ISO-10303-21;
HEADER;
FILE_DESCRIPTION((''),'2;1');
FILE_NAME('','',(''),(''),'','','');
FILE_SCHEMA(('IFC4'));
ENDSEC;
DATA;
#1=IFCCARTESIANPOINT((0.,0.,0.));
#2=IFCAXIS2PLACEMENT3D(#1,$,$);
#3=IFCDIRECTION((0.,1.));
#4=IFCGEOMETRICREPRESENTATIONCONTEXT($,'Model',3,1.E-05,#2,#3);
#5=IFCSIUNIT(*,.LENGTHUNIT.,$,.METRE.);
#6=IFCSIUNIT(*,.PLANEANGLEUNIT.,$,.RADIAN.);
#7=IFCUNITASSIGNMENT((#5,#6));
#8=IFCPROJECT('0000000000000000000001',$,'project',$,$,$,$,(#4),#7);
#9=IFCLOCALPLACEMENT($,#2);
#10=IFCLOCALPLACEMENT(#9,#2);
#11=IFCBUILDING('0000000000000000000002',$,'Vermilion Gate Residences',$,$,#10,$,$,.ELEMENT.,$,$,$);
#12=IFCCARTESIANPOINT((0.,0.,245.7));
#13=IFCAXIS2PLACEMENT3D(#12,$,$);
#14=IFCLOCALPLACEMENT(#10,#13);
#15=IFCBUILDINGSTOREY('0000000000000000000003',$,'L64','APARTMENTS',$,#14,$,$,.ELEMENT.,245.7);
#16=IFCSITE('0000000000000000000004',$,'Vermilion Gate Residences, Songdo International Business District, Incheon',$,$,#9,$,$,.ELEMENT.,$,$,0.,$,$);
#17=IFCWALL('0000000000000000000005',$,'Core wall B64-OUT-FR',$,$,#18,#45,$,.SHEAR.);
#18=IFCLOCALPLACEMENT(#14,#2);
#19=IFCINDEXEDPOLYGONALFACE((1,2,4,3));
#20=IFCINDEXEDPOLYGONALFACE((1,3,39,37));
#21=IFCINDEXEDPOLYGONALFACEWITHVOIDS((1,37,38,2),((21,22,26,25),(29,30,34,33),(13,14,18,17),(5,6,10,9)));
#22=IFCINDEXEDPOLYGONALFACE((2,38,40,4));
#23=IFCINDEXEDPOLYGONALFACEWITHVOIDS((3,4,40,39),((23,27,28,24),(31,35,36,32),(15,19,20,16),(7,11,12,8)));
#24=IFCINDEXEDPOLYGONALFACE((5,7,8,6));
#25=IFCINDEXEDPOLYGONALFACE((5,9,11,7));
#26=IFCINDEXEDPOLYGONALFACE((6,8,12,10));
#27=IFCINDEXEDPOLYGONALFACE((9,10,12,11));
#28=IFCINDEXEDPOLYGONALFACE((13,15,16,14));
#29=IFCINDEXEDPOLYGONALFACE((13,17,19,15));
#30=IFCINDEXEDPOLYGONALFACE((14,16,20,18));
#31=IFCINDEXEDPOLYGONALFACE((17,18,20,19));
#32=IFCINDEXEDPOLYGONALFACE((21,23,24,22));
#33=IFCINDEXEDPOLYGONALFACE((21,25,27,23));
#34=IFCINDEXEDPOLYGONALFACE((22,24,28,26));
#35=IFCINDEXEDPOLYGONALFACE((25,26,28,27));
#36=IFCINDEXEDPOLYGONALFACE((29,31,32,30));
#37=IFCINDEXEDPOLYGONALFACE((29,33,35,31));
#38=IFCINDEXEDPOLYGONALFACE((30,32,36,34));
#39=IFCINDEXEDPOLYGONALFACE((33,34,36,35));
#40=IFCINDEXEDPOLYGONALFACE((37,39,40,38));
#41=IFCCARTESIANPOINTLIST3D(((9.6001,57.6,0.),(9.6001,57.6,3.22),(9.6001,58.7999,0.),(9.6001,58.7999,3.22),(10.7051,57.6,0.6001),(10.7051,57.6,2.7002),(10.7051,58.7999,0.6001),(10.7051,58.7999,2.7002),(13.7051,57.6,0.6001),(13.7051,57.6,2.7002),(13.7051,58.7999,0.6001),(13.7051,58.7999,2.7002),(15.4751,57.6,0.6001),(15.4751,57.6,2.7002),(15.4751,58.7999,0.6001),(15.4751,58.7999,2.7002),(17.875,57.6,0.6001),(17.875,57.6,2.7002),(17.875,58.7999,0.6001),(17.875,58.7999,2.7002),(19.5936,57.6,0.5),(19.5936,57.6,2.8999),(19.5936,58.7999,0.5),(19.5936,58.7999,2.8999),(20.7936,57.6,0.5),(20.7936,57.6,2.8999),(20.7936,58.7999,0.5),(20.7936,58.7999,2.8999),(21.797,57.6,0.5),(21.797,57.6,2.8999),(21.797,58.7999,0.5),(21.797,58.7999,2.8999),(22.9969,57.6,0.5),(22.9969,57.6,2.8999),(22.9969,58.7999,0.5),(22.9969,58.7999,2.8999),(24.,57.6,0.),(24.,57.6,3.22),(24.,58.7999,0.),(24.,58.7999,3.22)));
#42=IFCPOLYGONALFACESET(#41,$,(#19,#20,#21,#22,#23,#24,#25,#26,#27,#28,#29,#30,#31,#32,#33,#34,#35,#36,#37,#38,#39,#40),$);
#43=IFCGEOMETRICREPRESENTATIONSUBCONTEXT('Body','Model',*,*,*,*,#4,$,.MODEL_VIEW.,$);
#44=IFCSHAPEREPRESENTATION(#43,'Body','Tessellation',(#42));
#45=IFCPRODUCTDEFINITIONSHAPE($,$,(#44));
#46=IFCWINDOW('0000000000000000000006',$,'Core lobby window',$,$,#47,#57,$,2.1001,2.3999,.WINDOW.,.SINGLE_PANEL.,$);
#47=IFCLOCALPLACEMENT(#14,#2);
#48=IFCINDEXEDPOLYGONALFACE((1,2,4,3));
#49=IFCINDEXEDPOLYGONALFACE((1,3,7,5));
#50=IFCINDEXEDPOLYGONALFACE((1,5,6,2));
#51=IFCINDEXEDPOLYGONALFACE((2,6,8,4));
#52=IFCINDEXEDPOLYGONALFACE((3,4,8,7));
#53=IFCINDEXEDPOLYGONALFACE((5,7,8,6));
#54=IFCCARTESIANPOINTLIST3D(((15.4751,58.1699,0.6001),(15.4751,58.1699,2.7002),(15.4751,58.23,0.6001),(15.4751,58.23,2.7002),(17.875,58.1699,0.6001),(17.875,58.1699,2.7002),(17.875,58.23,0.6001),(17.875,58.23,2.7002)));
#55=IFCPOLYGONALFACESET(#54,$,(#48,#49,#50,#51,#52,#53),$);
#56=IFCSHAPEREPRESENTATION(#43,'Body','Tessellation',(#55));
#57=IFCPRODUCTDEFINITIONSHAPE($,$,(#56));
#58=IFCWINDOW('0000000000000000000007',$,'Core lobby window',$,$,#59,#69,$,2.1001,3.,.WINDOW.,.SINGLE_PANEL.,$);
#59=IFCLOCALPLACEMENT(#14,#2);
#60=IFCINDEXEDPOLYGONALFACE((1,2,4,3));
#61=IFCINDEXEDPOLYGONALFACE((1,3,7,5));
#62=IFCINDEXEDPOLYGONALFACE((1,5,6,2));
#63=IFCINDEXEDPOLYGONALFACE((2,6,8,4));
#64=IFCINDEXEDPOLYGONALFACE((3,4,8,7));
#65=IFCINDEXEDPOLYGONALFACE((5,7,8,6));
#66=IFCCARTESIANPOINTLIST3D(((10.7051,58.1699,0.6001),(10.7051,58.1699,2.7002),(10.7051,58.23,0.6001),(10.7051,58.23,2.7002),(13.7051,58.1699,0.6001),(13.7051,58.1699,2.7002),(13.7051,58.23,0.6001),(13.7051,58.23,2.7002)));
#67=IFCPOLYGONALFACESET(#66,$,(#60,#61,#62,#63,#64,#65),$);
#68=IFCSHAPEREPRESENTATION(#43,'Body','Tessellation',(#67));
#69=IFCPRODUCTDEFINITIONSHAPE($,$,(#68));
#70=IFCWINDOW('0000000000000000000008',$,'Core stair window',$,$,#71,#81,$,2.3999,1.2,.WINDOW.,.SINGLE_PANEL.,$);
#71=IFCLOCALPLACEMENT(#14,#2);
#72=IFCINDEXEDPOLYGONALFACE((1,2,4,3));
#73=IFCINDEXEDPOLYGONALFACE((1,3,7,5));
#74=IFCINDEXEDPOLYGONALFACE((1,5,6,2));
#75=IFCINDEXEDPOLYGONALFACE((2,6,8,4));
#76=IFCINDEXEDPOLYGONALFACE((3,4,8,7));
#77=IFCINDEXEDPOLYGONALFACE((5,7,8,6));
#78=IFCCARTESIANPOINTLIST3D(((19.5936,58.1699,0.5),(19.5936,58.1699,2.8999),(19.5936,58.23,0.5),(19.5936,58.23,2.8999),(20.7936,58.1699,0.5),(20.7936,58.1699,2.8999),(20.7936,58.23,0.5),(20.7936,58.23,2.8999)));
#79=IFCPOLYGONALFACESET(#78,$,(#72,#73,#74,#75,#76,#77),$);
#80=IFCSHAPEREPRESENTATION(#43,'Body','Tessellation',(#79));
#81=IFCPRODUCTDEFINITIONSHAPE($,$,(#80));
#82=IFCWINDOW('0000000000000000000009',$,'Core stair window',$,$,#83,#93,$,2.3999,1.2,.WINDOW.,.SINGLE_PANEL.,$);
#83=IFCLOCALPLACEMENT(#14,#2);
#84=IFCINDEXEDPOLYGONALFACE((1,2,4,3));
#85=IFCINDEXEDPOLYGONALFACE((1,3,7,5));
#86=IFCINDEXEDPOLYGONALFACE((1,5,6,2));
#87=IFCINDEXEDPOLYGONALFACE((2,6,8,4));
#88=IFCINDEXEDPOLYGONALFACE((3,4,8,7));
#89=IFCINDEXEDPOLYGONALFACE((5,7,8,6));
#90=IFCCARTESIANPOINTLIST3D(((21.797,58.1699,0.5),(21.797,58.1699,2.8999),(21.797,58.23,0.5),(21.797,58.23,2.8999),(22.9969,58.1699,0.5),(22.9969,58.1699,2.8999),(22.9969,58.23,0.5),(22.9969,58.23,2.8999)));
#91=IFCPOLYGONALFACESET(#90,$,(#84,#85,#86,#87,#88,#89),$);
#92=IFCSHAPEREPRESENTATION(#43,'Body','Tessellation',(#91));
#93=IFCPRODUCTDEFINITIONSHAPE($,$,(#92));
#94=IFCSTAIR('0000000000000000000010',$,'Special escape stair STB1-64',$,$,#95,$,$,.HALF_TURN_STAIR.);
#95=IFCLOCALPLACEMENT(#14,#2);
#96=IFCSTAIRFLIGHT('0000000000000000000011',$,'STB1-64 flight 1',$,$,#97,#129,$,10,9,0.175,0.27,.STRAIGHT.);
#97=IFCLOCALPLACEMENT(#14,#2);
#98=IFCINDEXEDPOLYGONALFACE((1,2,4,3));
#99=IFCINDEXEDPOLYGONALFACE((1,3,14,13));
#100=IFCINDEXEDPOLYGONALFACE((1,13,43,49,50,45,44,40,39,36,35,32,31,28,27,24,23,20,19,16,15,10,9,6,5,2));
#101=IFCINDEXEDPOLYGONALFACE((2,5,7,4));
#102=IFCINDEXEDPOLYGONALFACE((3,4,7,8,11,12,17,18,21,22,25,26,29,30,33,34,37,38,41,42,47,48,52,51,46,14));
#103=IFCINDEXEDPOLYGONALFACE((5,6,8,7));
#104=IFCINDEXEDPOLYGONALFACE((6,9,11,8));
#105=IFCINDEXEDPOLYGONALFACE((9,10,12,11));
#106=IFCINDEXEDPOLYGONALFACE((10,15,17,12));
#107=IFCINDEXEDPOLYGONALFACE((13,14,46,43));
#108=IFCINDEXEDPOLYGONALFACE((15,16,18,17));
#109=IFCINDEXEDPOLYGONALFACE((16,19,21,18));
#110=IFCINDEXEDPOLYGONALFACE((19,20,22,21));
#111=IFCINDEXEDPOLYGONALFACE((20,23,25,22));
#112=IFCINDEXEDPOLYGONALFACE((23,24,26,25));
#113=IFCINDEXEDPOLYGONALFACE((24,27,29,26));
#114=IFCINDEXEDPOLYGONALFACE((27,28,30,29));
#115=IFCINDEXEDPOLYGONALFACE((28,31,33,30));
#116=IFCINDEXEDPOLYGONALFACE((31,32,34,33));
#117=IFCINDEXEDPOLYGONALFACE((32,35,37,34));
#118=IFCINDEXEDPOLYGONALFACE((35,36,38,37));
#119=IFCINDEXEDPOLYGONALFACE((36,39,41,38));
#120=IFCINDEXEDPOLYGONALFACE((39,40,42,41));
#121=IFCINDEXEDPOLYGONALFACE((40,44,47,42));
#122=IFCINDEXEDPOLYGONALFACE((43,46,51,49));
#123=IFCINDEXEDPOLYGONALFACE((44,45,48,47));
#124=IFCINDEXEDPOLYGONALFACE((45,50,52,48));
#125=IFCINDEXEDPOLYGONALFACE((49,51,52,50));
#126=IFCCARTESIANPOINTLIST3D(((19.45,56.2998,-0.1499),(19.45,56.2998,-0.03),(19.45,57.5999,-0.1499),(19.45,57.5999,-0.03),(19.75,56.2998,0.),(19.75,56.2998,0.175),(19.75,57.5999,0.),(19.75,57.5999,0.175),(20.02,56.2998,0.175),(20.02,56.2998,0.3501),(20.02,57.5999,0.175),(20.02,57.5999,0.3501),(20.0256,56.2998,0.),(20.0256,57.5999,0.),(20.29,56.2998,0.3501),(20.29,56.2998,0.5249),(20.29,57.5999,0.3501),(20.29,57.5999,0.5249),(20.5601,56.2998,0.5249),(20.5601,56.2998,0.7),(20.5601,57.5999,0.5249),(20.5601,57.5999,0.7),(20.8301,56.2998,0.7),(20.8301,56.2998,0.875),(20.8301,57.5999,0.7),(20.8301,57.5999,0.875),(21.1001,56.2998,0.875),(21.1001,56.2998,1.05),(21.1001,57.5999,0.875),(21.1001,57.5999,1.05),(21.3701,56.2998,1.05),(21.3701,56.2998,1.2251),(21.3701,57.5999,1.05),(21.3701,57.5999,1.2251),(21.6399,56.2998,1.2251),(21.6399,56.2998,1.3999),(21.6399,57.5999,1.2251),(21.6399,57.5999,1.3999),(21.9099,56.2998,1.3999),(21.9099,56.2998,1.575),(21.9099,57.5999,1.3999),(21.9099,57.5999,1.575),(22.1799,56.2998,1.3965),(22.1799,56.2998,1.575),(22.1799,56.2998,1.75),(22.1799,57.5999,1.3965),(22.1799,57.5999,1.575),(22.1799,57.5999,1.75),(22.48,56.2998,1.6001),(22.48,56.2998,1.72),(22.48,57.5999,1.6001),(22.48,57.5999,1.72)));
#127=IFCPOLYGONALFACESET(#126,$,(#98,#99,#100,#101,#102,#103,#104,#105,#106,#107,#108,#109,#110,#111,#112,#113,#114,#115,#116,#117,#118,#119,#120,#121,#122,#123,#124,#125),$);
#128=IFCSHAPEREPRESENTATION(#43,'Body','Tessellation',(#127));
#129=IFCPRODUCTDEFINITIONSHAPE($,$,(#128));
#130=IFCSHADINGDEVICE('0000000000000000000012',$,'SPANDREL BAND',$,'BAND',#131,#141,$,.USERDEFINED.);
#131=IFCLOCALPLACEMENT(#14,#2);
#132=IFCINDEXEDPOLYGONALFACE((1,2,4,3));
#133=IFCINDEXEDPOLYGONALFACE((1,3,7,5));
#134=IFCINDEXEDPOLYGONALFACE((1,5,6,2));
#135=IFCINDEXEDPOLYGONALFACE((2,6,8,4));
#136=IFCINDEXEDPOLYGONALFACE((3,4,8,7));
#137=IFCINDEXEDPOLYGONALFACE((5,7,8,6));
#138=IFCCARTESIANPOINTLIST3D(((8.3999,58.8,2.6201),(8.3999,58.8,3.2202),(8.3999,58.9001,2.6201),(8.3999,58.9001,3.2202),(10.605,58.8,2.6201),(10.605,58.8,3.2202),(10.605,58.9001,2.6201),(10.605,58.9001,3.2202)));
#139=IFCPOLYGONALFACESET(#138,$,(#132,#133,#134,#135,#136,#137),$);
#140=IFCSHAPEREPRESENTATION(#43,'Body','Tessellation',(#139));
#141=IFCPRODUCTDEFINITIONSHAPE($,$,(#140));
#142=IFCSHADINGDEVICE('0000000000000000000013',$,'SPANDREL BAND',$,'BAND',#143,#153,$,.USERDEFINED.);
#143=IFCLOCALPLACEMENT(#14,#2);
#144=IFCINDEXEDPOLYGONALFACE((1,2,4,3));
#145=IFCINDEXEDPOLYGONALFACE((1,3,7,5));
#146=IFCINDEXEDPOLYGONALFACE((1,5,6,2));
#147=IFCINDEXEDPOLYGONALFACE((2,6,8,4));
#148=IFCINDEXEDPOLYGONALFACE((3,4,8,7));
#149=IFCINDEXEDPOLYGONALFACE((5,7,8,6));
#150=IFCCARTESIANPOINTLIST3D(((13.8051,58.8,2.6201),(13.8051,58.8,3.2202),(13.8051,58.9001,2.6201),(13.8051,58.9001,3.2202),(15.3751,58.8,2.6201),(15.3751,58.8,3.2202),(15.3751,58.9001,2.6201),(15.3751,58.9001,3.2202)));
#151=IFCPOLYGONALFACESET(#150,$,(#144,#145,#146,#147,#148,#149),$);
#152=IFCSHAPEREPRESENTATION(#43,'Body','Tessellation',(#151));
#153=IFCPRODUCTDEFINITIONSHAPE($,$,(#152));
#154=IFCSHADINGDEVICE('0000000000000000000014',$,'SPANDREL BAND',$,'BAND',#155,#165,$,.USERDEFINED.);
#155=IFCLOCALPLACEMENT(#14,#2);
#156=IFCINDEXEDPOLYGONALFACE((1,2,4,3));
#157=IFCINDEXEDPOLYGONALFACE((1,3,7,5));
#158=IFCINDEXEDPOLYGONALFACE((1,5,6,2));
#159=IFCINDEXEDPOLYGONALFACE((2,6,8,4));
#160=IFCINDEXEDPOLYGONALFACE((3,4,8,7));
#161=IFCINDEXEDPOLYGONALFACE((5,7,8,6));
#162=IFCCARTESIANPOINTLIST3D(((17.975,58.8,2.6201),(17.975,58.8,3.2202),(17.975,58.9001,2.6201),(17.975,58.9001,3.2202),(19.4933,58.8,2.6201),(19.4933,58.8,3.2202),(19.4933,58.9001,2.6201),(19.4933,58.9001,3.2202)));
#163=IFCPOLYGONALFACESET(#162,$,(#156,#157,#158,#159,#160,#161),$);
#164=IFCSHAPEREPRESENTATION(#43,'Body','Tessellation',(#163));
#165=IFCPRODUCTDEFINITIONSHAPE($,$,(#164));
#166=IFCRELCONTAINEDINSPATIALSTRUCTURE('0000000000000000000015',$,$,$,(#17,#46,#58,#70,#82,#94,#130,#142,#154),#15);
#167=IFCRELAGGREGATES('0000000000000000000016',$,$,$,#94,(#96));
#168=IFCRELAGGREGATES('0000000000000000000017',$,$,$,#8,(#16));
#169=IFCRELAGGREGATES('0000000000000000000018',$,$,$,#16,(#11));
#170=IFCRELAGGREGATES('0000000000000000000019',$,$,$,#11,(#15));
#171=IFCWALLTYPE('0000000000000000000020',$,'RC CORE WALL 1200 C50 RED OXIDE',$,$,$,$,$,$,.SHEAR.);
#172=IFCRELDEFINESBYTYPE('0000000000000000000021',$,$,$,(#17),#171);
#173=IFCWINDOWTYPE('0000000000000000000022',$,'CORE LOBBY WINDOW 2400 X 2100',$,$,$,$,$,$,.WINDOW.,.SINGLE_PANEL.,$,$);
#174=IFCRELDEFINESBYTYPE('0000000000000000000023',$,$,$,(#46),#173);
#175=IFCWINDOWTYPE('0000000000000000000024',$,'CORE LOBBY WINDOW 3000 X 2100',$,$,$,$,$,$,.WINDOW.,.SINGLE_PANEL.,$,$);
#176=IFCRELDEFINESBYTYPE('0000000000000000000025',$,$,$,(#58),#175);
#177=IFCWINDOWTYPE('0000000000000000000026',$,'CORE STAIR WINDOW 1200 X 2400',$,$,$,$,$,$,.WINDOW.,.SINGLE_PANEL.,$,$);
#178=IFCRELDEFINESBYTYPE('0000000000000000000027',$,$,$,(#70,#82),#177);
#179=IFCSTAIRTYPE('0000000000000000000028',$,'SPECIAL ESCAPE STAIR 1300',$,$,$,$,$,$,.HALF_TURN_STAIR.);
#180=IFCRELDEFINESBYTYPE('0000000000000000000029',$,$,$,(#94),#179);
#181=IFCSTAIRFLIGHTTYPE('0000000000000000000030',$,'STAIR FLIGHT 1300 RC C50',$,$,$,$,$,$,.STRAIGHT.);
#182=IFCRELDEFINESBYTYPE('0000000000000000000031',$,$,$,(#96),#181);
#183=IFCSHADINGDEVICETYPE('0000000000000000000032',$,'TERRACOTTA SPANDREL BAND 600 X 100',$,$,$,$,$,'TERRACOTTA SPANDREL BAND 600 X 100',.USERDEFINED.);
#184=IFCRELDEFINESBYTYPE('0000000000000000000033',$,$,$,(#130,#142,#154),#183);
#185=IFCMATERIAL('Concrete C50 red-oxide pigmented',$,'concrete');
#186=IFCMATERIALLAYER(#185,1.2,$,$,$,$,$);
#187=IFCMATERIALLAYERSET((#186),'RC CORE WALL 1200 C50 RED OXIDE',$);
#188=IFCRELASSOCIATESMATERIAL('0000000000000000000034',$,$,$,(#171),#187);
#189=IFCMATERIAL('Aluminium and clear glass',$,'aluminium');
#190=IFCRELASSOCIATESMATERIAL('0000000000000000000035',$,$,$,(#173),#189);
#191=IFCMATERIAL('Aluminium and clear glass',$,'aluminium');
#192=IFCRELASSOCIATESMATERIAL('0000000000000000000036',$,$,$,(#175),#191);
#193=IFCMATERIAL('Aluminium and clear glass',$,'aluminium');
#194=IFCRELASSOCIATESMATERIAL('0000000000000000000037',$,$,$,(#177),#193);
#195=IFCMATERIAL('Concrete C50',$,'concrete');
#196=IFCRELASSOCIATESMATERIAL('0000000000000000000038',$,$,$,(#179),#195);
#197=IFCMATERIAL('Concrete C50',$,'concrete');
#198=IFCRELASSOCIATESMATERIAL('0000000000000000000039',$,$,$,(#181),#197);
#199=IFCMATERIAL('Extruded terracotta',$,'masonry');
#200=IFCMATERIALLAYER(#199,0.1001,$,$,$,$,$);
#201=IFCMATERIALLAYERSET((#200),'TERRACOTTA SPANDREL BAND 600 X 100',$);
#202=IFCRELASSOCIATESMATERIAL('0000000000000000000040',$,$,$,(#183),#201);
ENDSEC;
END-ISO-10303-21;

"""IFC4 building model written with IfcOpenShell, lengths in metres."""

from ifc_helpers import new_model, si_unit, direction, frame, frame_2d, origin, origin_2d, place, context, subcontext, project, spatial, polyline, rectangle, outline, extrude, material, layer, layer_set, type_object, element, fill, aggregate, save


model = new_model("IFC4")

# Units and contexts
model_context = context("Model", 3, precision=1e-05, world=origin(), true_north=direction((0.0, 1.0)))
body_context = subcontext(model_context, "Body", "Model", "MODEL_VIEW")
ifc_project = project(units=[si_unit("LENGTHUNIT", "METRE"), si_unit("PLANEANGLEUNIT", "RADIAN")], contexts=[model_context])

# Site, building, storey
site_placement = place(None, origin())
site = spatial("IfcSite", under=ifc_project, at=site_placement, Name="Vermilion Gate Residences, Songdo International Business District, Incheon", CompositionType="ELEMENT", RefElevation=0.0)
building_placement = place(site_placement, origin())
building = spatial("IfcBuilding", under=site, at=building_placement, Name="Vermilion Gate Residences", CompositionType="ELEMENT")
storey_placement = place(building_placement, frame((0.0, 0.0, 245.7)))
storey = spatial("IfcBuildingStorey", under=building, at=storey_placement, Name="L64", Description="APARTMENTS", CompositionType="ELEMENT", Elevation=245.7)

# Wall, openings, windows
ifc_material_1 = material(Name="Concrete C50 red-oxide pigmented", Category="concrete")
ifc_layer_1 = layer(ifc_material_1, 1.2)
ifc_layer_set_1 = layer_set([ifc_layer_1], Name="RC CORE WALL 1200 C50 RED OXIDE")
wall_type_1 = type_object("IfcWallType", Name="RC CORE WALL 1200 C50 RED OXIDE", PredefinedType="SHEAR", material=ifc_layer_set_1)
ifc_material_2 = material(Name="Aluminium and clear glass", Category="aluminium")
window_type_1 = type_object("IfcWindowType", Name="CORE LOBBY WINDOW 2400 X 2100", PartitioningType="SINGLE_PANEL", PredefinedType="WINDOW", material=ifc_material_2)
wall_1_placement = place(storey_placement, frame((9.6001, 58.2, 0.0), z_axis=(0.0, 0.0, 1.0), x_axis=(1.0, 0.0, 0.0)))
wall_1 = element("IfcWall", 1, at=wall_1_placement, inside=storey, type_object=wall_type_1, Name="Core wall B64-OUT-FR", PredefinedType="SHEAR", context=body_context, shape_type="SweptSolid", body=[
    extrude(rectangle(XDim=14.3999, YDim=1.2, at=frame_2d((7.2, 0.0))), origin(), (0.0, 0.0, 1.0), 3.22),
])
opening_1_placement = place(wall_1_placement, frame((1.105, 0.0, 0.6001)))
opening_1 = element("IfcOpeningElement", 2, at=opening_1_placement, cuts=wall_1, PredefinedType="OPENING", context=body_context, shape_type="SweptSolid", body=[
    extrude(rectangle(XDim=3.0, YDim=2.1001, at=frame_2d((1.5, 1.05))), frame((0.0, 0.6099, 0.0), z_axis=(0.0, -1.0, 0.0), x_axis=(1.0, 0.0, 0.0)), (0.0, 0.0, 1.0), 1.22),
])
opening_2_placement = place(wall_1_placement, frame((5.875, 0.0, 0.6001)))
opening_2 = element("IfcOpeningElement", 3, at=opening_2_placement, cuts=wall_1, PredefinedType="OPENING", context=body_context, shape_type="SweptSolid", body=[
    extrude(rectangle(XDim=2.3999, YDim=2.1001, at=frame_2d((1.2, 1.05))), frame((0.0, 0.6099, 0.0), z_axis=(0.0, -1.0, 0.0), x_axis=(1.0, 0.0, 0.0)), (0.0, 0.0, 1.0), 1.22),
])
opening_3_placement = place(wall_1_placement, frame((9.9934, 0.0, 0.5)))
opening_3 = element("IfcOpeningElement", 4, at=opening_3_placement, cuts=wall_1, PredefinedType="OPENING", context=body_context, shape_type="SweptSolid", body=[
    extrude(rectangle(XDim=1.2, YDim=2.3999, at=frame_2d((0.6001, 1.2))), frame((0.0, 0.6099, 0.0), z_axis=(0.0, -1.0, 0.0), x_axis=(1.0, 0.0, 0.0)), (0.0, 0.0, 1.0), 1.22),
])
opening_4_placement = place(wall_1_placement, frame((12.1968, 0.0, 0.5)))
opening_4 = element("IfcOpeningElement", 5, at=opening_4_placement, cuts=wall_1, PredefinedType="OPENING", context=body_context, shape_type="SweptSolid", body=[
    extrude(rectangle(XDim=1.2, YDim=2.3999, at=frame_2d((0.6001, 1.2))), frame((0.0, 0.6099, 0.0), z_axis=(0.0, -1.0, 0.0), x_axis=(1.0, 0.0, 0.0)), (0.0, 0.0, 1.0), 1.22),
])
window_1_placement = place(opening_2_placement, origin())
window_1 = element("IfcWindow", 6, at=window_1_placement, inside=storey, type_object=window_type_1, Name="Core lobby window", OverallHeight=2.1001, OverallWidth=2.3999, PartitioningType="SINGLE_PANEL", PredefinedType="WINDOW", context=body_context, shape_type="SweptSolid", body=[
    extrude(rectangle(XDim=2.3999, YDim=2.1001, at=frame_2d((1.2, 1.05))), frame((0.0, 0.03, 0.0), z_axis=(0.0, -1.0, 0.0), x_axis=(1.0, 0.0, 0.0)), (0.0, 0.0, 1.0), 0.0601),
])
fill(opening_2, window_1)
ifc_material_3 = material(Name="Aluminium and clear glass", Category="aluminium")
window_type_2 = type_object("IfcWindowType", Name="CORE LOBBY WINDOW 3000 X 2100", PartitioningType="SINGLE_PANEL", PredefinedType="WINDOW", material=ifc_material_3)
window_2_placement = place(opening_1_placement, origin())
window_2 = element("IfcWindow", 7, at=window_2_placement, inside=storey, type_object=window_type_2, Name="Core lobby window", OverallHeight=2.1001, OverallWidth=3.0, PartitioningType="SINGLE_PANEL", PredefinedType="WINDOW", context=body_context, shape_type="SweptSolid", body=[
    extrude(rectangle(XDim=3.0, YDim=2.1001, at=frame_2d((1.5, 1.05))), frame((0.0, 0.03, 0.0), z_axis=(0.0, -1.0, 0.0), x_axis=(1.0, 0.0, 0.0)), (0.0, 0.0, 1.0), 0.0601),
])
fill(opening_1, window_2)
ifc_material_4 = material(Name="Aluminium and clear glass", Category="aluminium")
window_type_3 = type_object("IfcWindowType", Name="CORE STAIR WINDOW 1200 X 2400", PartitioningType="SINGLE_PANEL", PredefinedType="WINDOW", material=ifc_material_4)
window_3_placement = place(opening_3_placement, origin())
window_3 = element("IfcWindow", 8, at=window_3_placement, inside=storey, type_object=window_type_3, Name="Core stair window", OverallHeight=2.3999, OverallWidth=1.2, PartitioningType="SINGLE_PANEL", PredefinedType="WINDOW", context=body_context, shape_type="SweptSolid", body=[
    extrude(rectangle(XDim=1.2, YDim=2.3999, at=frame_2d((0.6001, 1.2))), frame((0.0, 0.03, 0.0), z_axis=(0.0, -1.0, 0.0), x_axis=(1.0, 0.0, 0.0)), (0.0, 0.0, 1.0), 0.0601),
])
fill(opening_3, window_3)
window_4_placement = place(opening_4_placement, origin())
window_4 = element("IfcWindow", 9, at=window_4_placement, inside=storey, type_object=window_type_3, Name="Core stair window", OverallHeight=2.3999, OverallWidth=1.2, PartitioningType="SINGLE_PANEL", PredefinedType="WINDOW", context=body_context, shape_type="SweptSolid", body=[
    extrude(rectangle(XDim=1.2, YDim=2.3999, at=frame_2d((0.6001, 1.2))), frame((0.0, 0.03, 0.0), z_axis=(0.0, -1.0, 0.0), x_axis=(1.0, 0.0, 0.0)), (0.0, 0.0, 1.0), 0.0601),
])
fill(opening_4, window_4)

# Stair, stair flight
ifc_material_5 = material(Name="Concrete C50", Category="concrete")
stair_type = type_object("IfcStairType", Name="SPECIAL ESCAPE STAIR 1300", PredefinedType="HALF_TURN_STAIR", material=ifc_material_5)
stair_placement = place(storey_placement, origin())
stair = element("IfcStair", 10, at=stair_placement, inside=storey, type_object=stair_type, Name="Special escape stair STB1-64", PredefinedType="HALF_TURN_STAIR")
ifc_material_6 = material(Name="Concrete C50", Category="concrete")
stair_flight_type = type_object("IfcStairFlightType", Name="STAIR FLIGHT 1300 RC C50", PredefinedType="STRAIGHT", material=ifc_material_6)
stair_flight_placement = place(storey_placement, frame((19.75, 56.95, 0.0), z_axis=(0.0, 0.0, 1.0), x_axis=(1.0, 0.0, 0.0)))
stair_flight = element("IfcStairFlight", 11, at=stair_flight_placement, type_object=stair_flight_type, Name="STB1-64 flight 1", NumberOfRisers=10, NumberOfTreads=9, PredefinedType="STRAIGHT", RiserHeight=0.175, TreadLength=0.27, context=body_context, shape_type="SweptSolid", body=[
    extrude(outline(polyline([(-0.3, -0.1499), (-0.3, -0.03), (0.0, 0.0), (0.0, 0.175), (0.27, 0.175), (0.27, 0.3501), (0.54, 0.3501), (0.54, 0.5249), (0.8101, 0.5249), (0.8101, 0.7), (1.0801, 0.7), (1.0801, 0.875), (1.3501, 0.875), (1.3501, 1.05), (1.6201, 1.05), (1.6201, 1.2251), (1.8899, 1.2251), (1.8899, 1.3999), (2.1599, 1.3999), (2.1599, 1.575), (2.4299, 1.575), (2.4299, 1.75), (2.73, 1.72), (2.73, 1.6001), (2.4299, 1.3965), (0.2756, 0.0), (-0.3, -0.1499)])), frame((0.0, 0.6499, 0.0), z_axis=(0.0, -1.0, 0.0), x_axis=(1.0, 0.0, 0.0)), (0.0, 0.0, 1.0), 1.3),
])
aggregate(stair, [stair_flight])

# Shading devices
ifc_material_7 = material(Name="Extruded terracotta", Category="masonry")
ifc_layer_2 = layer(ifc_material_7, 0.1001)
ifc_layer_set_2 = layer_set([ifc_layer_2], Name="TERRACOTTA SPANDREL BAND 600 X 100")
shading_device_type = type_object("IfcShadingDeviceType", Name="TERRACOTTA SPANDREL BAND 600 X 100", ElementType="TERRACOTTA SPANDREL BAND 600 X 100", PredefinedType="USERDEFINED", material=ifc_layer_set_2)
shading_device_1_placement = place(storey_placement, frame((9.5024, 58.8501, 2.6201), z_axis=(0.0, 0.0, 1.0), x_axis=(1.0, 0.0, 0.0)))
element("IfcShadingDevice", 12, at=shading_device_1_placement, inside=storey, type_object=shading_device_type, Name="SPANDREL BAND", ObjectType="BAND", PredefinedType="USERDEFINED", context=body_context, shape_type="SweptSolid", body=[
    extrude(rectangle(XDim=2.2051, YDim=0.1001, at=origin_2d()), origin(), (0.0, 0.0, 1.0), 0.6001),
])
shading_device_2_placement = place(storey_placement, frame((14.5901, 58.8501, 2.6201), z_axis=(0.0, 0.0, 1.0), x_axis=(1.0, 0.0, 0.0)))
element("IfcShadingDevice", 13, at=shading_device_2_placement, inside=storey, type_object=shading_device_type, Name="SPANDREL BAND", ObjectType="BAND", PredefinedType="USERDEFINED", context=body_context, shape_type="SweptSolid", body=[
    extrude(rectangle(XDim=1.5701, YDim=0.1001, at=origin_2d()), origin(), (0.0, 0.0, 1.0), 0.6001),
])
shading_device_3_placement = place(storey_placement, frame((18.7341, 58.8501, 2.6201), z_axis=(0.0, 0.0, 1.0), x_axis=(1.0, 0.0, 0.0)))
element("IfcShadingDevice", 14, at=shading_device_3_placement, inside=storey, type_object=shading_device_type, Name="SPANDREL BAND", ObjectType="BAND", PredefinedType="USERDEFINED", context=body_context, shape_type="SweptSolid", body=[
    extrude(rectangle(XDim=1.5183, YDim=0.1001, at=origin_2d()), origin(), (0.0, 0.0, 1.0), 0.6001),
])

save(model, "model.ifc")
